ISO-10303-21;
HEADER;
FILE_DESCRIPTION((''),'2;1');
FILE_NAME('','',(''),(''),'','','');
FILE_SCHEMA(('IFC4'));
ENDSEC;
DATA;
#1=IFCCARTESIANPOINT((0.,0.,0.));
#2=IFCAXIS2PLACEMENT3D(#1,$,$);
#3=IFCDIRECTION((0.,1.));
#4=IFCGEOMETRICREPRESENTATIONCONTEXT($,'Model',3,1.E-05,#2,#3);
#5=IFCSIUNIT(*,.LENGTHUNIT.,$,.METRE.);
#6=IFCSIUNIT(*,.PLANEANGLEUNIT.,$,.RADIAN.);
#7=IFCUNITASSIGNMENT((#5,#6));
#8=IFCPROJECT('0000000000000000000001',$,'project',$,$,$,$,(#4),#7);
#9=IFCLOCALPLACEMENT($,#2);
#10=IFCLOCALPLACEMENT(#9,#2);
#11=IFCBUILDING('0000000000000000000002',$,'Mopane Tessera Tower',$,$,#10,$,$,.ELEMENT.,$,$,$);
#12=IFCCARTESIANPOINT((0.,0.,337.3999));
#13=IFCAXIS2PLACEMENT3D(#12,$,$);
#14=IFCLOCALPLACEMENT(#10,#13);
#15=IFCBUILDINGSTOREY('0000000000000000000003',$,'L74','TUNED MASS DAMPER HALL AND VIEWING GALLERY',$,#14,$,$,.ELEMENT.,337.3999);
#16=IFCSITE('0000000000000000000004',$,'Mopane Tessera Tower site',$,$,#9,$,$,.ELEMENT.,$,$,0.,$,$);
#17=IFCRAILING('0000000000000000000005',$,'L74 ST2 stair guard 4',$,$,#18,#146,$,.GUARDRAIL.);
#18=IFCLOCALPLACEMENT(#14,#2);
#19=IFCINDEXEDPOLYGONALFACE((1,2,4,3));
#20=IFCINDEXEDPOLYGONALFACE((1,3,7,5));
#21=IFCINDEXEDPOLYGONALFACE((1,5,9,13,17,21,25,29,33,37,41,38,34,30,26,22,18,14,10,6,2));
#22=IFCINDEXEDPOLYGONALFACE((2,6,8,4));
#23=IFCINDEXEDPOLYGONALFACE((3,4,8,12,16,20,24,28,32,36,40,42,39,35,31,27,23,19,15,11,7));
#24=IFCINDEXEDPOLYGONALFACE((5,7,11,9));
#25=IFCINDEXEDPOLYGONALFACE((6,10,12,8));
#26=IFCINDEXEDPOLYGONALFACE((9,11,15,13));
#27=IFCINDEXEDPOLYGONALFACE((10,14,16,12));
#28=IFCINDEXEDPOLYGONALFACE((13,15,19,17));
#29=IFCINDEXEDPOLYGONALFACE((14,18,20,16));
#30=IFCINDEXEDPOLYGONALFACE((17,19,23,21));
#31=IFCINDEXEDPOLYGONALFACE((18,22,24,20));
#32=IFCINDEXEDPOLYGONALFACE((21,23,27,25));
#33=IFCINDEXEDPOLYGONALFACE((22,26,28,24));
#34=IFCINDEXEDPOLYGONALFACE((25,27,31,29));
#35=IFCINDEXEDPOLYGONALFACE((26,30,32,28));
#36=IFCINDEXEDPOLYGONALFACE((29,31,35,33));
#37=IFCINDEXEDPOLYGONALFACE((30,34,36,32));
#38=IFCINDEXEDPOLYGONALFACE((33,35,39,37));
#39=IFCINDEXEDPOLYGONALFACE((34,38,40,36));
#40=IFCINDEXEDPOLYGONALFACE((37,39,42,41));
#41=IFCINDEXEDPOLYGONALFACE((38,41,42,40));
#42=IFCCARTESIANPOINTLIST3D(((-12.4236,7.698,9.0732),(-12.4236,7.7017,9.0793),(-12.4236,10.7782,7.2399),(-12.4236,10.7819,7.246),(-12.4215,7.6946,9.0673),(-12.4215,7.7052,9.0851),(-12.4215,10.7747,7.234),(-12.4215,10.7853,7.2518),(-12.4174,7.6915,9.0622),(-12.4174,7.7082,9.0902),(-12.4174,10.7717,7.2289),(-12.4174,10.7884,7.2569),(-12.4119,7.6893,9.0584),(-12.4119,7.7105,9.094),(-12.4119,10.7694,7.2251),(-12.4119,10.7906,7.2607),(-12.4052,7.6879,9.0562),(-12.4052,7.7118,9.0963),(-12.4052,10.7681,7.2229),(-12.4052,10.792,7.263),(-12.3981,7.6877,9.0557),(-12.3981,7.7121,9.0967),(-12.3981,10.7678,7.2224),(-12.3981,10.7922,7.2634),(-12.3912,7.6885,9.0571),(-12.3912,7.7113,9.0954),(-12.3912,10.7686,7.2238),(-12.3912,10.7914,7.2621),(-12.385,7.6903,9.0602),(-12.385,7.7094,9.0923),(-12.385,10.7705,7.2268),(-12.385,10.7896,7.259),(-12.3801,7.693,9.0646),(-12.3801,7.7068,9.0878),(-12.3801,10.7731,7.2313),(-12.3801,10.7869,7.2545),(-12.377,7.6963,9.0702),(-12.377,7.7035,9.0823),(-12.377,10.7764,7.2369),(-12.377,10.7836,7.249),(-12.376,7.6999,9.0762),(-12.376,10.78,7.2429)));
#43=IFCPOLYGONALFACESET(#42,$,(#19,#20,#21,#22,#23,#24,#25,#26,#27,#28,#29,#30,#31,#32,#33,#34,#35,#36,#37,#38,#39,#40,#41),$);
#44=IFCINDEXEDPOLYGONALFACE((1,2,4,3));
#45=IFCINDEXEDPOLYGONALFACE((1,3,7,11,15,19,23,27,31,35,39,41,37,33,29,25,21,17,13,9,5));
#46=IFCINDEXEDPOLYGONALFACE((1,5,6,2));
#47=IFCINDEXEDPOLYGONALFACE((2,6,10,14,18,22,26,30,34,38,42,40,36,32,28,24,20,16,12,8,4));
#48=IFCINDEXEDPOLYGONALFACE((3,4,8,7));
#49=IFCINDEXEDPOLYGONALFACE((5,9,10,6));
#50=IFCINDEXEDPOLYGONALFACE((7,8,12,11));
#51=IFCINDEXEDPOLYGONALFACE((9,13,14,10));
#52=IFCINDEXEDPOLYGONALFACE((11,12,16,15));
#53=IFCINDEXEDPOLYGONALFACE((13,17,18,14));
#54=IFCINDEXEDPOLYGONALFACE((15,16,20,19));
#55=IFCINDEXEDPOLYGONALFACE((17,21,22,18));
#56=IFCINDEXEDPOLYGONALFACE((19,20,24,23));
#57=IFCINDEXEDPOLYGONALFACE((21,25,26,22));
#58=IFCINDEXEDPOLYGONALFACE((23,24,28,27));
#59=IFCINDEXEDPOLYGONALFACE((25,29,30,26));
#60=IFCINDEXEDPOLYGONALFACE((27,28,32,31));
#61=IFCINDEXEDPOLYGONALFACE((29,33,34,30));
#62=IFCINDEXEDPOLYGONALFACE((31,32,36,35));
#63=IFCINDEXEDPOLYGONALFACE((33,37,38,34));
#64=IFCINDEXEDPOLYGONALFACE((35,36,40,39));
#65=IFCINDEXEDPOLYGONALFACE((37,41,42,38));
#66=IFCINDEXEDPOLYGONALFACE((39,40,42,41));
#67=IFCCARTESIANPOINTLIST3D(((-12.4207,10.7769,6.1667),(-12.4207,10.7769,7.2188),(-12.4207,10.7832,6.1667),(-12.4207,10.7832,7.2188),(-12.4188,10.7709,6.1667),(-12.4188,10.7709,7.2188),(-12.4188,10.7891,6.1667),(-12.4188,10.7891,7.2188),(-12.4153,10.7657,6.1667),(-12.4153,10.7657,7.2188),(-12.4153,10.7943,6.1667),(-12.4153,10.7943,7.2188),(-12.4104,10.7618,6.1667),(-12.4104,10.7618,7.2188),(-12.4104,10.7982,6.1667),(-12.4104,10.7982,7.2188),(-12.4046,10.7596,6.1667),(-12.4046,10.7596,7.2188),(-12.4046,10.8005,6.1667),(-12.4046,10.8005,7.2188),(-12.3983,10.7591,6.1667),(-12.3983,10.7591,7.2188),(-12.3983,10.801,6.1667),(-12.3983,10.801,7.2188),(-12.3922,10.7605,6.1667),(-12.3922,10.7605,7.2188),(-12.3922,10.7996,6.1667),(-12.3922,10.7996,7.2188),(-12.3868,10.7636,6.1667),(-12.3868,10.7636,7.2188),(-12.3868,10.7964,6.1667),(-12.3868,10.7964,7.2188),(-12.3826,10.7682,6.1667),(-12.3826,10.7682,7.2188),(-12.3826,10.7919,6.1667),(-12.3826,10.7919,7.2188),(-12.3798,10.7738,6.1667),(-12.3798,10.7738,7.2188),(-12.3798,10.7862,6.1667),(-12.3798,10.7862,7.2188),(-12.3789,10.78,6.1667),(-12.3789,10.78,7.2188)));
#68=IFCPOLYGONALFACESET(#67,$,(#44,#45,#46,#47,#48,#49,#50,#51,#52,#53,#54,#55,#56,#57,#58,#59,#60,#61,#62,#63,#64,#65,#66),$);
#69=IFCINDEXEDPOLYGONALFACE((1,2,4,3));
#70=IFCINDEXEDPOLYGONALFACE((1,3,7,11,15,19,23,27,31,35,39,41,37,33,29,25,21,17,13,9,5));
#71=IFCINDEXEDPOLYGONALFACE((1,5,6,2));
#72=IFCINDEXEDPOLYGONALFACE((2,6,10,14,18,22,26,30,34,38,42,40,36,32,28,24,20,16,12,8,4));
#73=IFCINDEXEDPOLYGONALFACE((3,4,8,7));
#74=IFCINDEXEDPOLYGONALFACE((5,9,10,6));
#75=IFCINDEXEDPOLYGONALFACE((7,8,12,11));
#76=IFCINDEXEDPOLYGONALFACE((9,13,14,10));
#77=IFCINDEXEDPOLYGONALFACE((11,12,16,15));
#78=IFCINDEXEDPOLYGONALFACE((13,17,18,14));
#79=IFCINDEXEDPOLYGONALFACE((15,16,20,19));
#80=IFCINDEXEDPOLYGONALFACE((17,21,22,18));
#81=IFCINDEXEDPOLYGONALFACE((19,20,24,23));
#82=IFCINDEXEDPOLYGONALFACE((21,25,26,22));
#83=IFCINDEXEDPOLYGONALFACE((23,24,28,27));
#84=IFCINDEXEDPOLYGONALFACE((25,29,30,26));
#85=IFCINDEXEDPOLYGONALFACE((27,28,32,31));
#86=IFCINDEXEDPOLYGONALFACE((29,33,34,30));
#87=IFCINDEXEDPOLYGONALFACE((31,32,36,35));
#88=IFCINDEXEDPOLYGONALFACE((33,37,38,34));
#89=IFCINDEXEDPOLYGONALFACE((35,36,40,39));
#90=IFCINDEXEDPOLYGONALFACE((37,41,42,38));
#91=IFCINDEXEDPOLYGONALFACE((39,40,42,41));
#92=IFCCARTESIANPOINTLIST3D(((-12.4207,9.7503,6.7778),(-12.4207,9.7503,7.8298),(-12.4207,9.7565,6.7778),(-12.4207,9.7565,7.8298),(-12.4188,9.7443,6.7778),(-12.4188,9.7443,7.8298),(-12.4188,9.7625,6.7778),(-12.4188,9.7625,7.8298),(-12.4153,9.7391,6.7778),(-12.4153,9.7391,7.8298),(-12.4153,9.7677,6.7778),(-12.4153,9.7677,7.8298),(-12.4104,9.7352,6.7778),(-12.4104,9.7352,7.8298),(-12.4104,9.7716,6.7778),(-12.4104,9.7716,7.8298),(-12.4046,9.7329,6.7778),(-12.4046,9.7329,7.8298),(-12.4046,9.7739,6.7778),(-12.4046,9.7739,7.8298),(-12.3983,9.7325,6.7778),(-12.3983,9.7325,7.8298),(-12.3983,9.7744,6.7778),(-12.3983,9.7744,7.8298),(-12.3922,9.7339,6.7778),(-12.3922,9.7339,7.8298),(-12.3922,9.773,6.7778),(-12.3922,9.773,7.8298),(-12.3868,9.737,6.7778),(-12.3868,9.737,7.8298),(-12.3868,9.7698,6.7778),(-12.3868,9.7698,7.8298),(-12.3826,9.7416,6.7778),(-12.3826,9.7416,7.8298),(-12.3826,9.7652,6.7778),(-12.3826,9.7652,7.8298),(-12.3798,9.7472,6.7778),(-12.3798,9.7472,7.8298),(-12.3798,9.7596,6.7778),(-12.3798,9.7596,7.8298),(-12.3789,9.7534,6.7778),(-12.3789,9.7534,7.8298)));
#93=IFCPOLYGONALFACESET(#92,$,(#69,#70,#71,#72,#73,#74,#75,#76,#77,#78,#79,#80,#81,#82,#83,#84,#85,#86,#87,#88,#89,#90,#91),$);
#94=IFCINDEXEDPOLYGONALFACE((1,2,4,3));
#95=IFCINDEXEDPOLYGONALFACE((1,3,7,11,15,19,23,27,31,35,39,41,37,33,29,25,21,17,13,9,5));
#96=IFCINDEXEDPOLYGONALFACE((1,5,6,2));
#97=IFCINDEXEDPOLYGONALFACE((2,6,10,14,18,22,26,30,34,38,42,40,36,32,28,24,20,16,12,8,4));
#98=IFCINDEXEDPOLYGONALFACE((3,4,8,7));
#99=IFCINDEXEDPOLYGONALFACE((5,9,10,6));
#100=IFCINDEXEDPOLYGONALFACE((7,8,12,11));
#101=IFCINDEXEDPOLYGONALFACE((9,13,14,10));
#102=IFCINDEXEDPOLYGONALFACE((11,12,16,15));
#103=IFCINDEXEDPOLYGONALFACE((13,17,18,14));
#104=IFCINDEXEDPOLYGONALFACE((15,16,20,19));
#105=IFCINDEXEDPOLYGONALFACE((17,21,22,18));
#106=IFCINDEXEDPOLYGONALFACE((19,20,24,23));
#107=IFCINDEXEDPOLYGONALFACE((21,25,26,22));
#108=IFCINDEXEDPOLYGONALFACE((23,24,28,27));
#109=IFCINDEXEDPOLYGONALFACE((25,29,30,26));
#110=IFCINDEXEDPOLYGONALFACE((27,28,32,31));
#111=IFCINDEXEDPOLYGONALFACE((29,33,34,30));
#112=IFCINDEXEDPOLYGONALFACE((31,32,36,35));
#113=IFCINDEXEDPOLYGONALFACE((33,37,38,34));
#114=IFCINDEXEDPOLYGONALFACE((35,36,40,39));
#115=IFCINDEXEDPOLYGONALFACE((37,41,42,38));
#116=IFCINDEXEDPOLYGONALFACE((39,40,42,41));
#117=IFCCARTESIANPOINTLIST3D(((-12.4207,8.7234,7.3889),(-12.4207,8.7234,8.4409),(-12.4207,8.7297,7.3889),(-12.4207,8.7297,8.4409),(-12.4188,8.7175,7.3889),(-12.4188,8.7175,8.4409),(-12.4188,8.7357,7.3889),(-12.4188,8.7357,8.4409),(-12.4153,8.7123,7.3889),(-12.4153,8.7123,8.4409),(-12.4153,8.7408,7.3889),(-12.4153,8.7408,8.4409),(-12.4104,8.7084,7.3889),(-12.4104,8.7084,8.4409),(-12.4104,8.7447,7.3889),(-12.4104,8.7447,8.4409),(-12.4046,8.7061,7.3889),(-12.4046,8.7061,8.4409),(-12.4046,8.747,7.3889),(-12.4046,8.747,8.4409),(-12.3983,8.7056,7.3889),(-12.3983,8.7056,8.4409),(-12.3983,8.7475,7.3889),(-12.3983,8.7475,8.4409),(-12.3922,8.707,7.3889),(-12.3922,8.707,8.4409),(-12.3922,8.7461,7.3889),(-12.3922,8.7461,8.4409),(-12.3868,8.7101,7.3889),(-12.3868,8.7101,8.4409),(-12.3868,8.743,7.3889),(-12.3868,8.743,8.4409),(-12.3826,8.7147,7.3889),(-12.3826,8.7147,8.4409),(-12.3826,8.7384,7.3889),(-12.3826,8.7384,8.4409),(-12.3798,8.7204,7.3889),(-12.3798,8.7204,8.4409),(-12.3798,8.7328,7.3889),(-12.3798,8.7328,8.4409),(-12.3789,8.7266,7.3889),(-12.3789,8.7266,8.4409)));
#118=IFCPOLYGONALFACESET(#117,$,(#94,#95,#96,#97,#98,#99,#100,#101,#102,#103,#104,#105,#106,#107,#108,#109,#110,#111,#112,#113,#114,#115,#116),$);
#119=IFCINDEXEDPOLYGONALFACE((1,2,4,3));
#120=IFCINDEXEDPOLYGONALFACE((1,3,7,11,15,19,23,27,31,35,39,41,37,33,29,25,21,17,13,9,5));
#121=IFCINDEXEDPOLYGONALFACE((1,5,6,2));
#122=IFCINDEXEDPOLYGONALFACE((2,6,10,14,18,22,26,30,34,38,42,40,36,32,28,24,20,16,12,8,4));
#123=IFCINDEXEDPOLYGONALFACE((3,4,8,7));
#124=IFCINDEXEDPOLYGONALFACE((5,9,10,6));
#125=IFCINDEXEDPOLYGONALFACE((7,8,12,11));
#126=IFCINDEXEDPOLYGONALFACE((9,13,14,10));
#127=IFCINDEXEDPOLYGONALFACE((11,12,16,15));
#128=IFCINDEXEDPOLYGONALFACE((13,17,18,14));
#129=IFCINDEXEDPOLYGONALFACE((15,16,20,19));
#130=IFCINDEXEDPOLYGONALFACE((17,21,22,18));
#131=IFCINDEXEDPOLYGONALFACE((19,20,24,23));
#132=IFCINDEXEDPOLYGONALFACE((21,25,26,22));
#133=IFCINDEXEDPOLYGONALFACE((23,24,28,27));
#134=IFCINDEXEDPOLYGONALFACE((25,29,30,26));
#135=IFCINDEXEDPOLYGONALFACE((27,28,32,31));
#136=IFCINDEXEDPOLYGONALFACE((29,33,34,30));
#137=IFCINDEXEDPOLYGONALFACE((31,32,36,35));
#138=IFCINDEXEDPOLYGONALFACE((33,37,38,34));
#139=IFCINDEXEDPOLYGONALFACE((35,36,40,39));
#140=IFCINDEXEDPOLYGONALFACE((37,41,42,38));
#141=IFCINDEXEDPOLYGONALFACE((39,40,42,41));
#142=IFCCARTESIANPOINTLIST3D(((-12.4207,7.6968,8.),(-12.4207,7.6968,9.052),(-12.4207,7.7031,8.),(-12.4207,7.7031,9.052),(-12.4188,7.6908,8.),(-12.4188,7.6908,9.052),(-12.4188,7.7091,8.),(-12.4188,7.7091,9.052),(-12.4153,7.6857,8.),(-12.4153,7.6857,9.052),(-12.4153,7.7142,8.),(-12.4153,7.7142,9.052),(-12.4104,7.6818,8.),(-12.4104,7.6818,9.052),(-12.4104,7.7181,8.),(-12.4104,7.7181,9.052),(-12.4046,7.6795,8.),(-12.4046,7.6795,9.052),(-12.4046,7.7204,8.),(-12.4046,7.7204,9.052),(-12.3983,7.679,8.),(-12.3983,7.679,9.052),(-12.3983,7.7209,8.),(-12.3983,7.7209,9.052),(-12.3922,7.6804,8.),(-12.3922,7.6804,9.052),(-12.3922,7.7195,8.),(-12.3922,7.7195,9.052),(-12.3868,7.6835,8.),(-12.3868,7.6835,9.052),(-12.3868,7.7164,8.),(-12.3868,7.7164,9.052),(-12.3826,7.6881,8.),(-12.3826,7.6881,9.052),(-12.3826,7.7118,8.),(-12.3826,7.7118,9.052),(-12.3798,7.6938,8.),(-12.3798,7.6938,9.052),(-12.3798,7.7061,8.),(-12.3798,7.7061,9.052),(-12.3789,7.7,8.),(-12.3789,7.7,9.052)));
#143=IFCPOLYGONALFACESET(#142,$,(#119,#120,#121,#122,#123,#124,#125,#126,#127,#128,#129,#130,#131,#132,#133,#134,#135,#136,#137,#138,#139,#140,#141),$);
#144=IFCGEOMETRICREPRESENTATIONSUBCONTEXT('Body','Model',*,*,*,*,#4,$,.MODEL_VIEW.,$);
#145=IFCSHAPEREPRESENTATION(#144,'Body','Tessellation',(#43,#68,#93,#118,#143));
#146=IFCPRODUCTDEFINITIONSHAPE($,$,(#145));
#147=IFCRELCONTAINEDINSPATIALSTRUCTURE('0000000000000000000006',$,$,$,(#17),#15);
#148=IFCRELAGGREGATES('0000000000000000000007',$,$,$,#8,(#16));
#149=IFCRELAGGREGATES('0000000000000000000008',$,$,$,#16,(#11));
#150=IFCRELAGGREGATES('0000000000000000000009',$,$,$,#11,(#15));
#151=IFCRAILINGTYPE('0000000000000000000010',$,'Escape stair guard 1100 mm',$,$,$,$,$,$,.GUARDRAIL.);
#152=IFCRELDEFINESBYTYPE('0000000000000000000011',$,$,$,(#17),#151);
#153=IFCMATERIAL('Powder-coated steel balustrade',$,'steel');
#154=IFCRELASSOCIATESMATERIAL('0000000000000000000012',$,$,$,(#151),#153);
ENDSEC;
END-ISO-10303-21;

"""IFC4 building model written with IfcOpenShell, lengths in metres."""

from ifc_helpers import new_model, si_unit, direction, frame, origin, origin_2d, place, context, subcontext, project, spatial, circle, extrude, material, type_object, element, save


model = new_model("IFC4")

# Units and contexts
model_context = context("Model", 3, precision=1e-05, world=origin(), true_north=direction((0.0, 1.0)))
body_context = subcontext(model_context, "Body", "Model", "MODEL_VIEW")
ifc_project = project(units=[si_unit("LENGTHUNIT", "METRE"), si_unit("PLANEANGLEUNIT", "RADIAN")], contexts=[model_context])

# Site, building, storey
site_placement = place(None, origin())
site = spatial("IfcSite", under=ifc_project, at=site_placement, Name="Mopane Tessera Tower site", CompositionType="ELEMENT", RefElevation=0.0)
building_placement = place(site_placement, origin())
building = spatial("IfcBuilding", under=site, at=building_placement, Name="Mopane Tessera Tower", CompositionType="ELEMENT")
storey_placement = place(building_placement, frame((0.0, 0.0, 337.3999)))
storey = spatial("IfcBuildingStorey", under=building, at=storey_placement, Name="L74", Description="TUNED MASS DAMPER HALL AND VIEWING GALLERY", CompositionType="ELEMENT", Elevation=337.3999)

# Railing
ifc_material_1 = material(Name="Powder-coated steel balustrade", Category="steel")
railing_type = type_object("IfcRailingType", Name="Escape stair guard 1100 mm", PredefinedType="GUARDRAIL", material=ifc_material_1)
railing_1_placement = place(storey_placement, frame((-12.3999, 10.78, 6.1667)))
element("IfcRailing", 1, at=railing_1_placement, inside=storey, type_object=railing_type, Name="L74 ST2 stair guard 4", PredefinedType="GUARDRAIL", context=body_context, shape_type="SweptSolid", body=[
    extrude(circle(Radius=0.0239, at=origin_2d()), frame((0.0, 0.0, 1.0762), z_axis=(0.0, -0.859309, 0.511458), x_axis=(1.0, 0.0, 0.0)), (0.0, 0.0, 1.0), 3.5845),
    extrude(circle(Radius=0.021, at=origin_2d()), origin(), (0.0, 0.0, 1.0), 1.052),
    extrude(circle(Radius=0.021, at=origin_2d()), frame((0.0, -1.0266, 0.6111)), (0.0, 0.0, 1.0), 1.052),
    extrude(circle(Radius=0.021, at=origin_2d()), frame((0.0, -2.0535, 1.2222)), (0.0, 0.0, 1.0), 1.052),
    extrude(circle(Radius=0.021, at=origin_2d()), frame((0.0, -3.0801, 1.8333)), (0.0, 0.0, 1.0), 1.052),
])

save(model, "model.ifc")
